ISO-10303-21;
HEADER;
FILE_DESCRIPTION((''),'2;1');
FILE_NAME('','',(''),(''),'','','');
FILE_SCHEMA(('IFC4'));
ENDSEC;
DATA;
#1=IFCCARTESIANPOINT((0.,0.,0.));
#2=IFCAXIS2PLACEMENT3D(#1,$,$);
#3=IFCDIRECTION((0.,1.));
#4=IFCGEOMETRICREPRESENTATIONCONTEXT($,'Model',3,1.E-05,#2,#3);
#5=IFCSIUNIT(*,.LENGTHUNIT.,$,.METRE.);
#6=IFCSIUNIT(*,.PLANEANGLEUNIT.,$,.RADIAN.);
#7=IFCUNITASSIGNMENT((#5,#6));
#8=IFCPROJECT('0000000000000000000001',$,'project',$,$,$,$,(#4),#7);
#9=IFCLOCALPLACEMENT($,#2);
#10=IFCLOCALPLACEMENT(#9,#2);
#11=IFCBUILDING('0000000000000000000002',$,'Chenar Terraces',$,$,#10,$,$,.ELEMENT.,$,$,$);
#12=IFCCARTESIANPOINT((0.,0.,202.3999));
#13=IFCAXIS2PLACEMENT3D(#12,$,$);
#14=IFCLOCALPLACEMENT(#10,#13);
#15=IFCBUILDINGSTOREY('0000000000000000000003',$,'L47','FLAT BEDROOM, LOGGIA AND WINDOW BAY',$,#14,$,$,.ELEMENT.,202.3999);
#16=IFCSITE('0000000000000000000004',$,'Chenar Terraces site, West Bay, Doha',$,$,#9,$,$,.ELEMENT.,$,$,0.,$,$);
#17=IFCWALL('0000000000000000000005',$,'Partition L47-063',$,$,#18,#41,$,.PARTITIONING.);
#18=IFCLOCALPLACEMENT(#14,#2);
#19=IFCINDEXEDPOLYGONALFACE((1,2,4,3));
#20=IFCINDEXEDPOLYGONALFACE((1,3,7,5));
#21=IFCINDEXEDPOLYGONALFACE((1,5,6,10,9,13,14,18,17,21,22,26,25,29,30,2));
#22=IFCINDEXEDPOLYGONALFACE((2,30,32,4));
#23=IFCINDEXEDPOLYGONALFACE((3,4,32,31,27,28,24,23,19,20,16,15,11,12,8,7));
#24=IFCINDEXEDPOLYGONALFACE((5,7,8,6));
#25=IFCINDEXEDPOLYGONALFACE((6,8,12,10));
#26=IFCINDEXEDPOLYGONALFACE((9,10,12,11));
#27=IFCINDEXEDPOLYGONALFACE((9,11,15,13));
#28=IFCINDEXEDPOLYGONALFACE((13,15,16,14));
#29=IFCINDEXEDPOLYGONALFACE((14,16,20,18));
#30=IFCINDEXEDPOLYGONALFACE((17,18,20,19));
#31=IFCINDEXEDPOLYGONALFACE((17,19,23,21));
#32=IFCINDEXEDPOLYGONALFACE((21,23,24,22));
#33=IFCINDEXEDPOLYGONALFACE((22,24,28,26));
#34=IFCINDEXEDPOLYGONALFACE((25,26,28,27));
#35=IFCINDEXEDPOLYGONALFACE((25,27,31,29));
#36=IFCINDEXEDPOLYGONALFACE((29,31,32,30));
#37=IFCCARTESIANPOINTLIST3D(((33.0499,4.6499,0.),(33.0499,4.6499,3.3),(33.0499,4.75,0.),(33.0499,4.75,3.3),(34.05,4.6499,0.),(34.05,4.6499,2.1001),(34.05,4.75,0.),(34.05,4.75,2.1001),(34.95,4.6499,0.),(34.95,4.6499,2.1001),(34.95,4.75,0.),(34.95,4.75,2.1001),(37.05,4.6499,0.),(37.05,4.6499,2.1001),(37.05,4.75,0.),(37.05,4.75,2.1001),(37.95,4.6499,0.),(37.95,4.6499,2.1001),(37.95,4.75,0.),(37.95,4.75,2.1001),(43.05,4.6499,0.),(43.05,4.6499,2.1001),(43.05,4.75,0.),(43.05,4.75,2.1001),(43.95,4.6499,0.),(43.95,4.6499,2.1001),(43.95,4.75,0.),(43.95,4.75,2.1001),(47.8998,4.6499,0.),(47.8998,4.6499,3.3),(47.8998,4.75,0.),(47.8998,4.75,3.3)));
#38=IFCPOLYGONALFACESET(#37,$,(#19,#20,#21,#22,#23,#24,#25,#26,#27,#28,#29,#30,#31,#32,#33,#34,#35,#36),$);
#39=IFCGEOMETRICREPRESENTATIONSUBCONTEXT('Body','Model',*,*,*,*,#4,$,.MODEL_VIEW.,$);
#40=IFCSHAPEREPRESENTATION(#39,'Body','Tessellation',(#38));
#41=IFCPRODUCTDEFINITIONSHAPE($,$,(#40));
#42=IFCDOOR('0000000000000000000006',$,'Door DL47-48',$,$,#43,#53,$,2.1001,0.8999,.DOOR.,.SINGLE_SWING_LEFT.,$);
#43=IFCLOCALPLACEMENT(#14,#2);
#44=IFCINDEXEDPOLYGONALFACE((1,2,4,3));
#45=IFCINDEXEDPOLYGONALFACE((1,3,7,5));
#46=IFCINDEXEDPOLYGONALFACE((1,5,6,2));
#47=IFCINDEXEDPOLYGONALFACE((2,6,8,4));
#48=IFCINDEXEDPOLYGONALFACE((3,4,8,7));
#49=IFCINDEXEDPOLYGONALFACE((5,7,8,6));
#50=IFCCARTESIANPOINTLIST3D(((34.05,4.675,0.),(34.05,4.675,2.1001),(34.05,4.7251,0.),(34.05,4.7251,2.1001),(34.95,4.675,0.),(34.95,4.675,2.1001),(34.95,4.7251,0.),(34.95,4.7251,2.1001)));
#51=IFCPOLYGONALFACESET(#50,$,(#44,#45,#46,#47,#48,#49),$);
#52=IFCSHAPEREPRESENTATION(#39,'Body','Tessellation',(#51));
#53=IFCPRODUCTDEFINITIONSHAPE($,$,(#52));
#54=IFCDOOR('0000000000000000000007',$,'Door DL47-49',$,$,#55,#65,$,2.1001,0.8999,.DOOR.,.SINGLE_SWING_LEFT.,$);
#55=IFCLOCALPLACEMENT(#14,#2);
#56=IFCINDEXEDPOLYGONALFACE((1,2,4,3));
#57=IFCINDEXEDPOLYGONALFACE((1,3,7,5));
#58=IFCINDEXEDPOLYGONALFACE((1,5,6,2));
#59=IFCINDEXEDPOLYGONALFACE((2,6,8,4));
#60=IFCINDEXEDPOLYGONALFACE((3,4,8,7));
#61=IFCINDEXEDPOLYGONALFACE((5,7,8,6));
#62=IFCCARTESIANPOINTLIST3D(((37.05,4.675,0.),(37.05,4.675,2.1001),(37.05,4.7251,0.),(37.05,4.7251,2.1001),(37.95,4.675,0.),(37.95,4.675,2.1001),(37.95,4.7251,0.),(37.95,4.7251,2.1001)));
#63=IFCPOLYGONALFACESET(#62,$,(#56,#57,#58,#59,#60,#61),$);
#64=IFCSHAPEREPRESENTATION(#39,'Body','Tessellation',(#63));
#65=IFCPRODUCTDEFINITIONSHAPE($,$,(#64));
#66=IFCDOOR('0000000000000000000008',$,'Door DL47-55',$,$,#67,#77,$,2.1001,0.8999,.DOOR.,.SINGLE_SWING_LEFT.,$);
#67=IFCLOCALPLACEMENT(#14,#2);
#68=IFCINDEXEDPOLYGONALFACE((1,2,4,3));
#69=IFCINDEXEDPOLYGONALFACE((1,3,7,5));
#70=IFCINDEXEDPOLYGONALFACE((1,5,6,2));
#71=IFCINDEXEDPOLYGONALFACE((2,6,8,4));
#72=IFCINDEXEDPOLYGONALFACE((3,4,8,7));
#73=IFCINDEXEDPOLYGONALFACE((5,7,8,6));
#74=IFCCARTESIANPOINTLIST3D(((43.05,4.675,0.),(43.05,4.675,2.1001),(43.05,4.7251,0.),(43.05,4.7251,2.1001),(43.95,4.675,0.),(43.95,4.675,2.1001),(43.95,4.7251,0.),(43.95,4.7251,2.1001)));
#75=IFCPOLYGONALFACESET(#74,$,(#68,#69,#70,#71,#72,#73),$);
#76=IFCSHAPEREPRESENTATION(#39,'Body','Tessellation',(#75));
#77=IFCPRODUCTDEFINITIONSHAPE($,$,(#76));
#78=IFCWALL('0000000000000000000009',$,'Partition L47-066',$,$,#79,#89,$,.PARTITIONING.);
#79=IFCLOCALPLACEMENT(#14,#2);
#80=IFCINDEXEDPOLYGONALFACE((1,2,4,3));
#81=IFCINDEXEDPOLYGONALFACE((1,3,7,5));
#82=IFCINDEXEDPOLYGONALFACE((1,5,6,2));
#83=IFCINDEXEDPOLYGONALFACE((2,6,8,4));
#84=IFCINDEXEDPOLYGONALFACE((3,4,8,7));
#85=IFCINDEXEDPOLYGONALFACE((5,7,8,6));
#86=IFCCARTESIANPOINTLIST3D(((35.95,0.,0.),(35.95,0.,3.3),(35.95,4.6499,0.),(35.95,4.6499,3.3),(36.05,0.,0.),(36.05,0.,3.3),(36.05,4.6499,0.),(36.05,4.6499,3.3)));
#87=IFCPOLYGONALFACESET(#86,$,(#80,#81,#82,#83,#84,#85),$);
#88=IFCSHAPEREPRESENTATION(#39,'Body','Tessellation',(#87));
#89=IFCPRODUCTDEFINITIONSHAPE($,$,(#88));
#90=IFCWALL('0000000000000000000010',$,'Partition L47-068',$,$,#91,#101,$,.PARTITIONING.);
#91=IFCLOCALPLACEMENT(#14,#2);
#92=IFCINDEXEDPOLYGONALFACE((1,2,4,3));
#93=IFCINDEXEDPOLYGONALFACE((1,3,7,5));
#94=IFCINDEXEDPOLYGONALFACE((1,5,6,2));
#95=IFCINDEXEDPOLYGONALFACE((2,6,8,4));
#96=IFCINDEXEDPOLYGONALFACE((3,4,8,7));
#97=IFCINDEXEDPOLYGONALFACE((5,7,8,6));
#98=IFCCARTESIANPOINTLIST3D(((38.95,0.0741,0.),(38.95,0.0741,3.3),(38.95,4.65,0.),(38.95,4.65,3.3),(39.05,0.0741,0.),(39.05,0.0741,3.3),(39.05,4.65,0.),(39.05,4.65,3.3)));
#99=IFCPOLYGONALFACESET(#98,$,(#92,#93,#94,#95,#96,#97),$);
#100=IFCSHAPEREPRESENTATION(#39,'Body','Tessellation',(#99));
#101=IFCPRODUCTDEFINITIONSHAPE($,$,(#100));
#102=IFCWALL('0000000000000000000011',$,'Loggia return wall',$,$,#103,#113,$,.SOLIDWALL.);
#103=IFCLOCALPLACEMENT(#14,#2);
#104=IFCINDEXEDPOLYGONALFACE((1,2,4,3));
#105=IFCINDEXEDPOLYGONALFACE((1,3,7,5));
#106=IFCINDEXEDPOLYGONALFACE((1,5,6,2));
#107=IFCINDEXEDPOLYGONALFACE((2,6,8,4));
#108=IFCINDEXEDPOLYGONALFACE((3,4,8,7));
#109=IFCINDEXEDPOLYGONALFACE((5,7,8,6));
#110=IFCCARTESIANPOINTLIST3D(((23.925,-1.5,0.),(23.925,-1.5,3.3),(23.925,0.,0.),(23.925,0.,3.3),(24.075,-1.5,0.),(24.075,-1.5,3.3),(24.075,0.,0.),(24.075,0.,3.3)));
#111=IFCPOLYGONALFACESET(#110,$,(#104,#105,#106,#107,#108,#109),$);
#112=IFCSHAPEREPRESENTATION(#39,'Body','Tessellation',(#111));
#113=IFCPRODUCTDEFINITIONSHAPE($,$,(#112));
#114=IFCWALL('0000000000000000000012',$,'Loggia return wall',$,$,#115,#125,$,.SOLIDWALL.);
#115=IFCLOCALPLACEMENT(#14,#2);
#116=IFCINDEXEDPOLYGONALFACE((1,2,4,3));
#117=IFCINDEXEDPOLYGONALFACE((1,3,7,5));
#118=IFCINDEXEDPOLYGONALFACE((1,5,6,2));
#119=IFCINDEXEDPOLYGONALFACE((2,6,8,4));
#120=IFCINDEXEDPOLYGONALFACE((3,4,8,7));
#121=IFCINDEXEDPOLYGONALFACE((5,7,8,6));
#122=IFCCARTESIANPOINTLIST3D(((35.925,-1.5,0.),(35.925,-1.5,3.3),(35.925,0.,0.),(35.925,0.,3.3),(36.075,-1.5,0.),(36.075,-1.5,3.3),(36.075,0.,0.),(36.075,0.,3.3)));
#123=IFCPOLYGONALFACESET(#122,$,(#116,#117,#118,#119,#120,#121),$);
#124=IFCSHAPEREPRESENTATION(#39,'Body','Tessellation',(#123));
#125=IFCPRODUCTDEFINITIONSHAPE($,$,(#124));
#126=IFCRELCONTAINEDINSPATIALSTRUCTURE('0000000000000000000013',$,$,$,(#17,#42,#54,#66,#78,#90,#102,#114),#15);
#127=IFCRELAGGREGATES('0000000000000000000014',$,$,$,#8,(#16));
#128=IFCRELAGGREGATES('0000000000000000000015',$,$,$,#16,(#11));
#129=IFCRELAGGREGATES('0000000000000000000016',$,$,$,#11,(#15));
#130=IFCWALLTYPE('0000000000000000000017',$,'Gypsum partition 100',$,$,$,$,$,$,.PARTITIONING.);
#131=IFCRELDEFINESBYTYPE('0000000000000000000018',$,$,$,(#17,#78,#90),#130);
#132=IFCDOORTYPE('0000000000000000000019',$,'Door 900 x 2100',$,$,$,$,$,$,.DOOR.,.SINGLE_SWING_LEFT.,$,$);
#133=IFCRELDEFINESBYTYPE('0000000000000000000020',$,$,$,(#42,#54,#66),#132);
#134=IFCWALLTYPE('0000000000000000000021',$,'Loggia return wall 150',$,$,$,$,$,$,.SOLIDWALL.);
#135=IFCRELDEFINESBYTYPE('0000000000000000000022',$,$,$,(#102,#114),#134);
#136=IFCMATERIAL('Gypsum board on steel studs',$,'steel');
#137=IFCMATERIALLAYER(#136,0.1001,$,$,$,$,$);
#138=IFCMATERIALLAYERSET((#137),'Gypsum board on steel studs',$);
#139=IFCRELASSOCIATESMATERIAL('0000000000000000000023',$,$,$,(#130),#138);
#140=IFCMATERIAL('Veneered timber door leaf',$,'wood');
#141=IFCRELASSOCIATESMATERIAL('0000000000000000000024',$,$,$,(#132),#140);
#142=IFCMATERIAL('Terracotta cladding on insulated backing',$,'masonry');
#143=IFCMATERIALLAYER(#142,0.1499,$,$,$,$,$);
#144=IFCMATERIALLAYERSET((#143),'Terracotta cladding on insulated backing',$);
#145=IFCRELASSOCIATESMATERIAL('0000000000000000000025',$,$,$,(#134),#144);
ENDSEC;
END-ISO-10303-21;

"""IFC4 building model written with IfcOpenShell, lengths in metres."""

from ifc_helpers import new_model, si_unit, direction, frame, frame_2d, origin, place, context, subcontext, project, spatial, rectangle, extrude, material, layer, layer_set, type_object, element, fill, save


model = new_model("IFC4")

# Units and contexts
model_context = context("Model", 3, precision=1e-05, world=origin(), true_north=direction((0.0, 1.0)))
body_context = subcontext(model_context, "Body", "Model", "MODEL_VIEW")
ifc_project = project(units=[si_unit("LENGTHUNIT", "METRE"), si_unit("PLANEANGLEUNIT", "RADIAN")], contexts=[model_context])

# Site, building, storey
site_placement = place(None, origin())
site = spatial("IfcSite", under=ifc_project, at=site_placement, Name="Chenar Terraces site, West Bay, Doha", CompositionType="ELEMENT", RefElevation=0.0)
building_placement = place(site_placement, origin())
building = spatial("IfcBuilding", under=site, at=building_placement, Name="Chenar Terraces", CompositionType="ELEMENT")
storey_placement = place(building_placement, frame((0.0, 0.0, 202.3999)))
storey = spatial("IfcBuildingStorey", under=building, at=storey_placement, Name="L47", Description="FLAT BEDROOM, LOGGIA AND WINDOW BAY", CompositionType="ELEMENT", Elevation=202.3999)

# Shared definitions
ifc_material_1 = material(Name="Gypsum board on steel studs", Category="steel")
ifc_layer_1 = layer(ifc_material_1, 0.1001)
ifc_layer_set_1 = layer_set([ifc_layer_1], Name="Gypsum board on steel studs")
wall_type_1 = type_object("IfcWallType", Name="Gypsum partition 100", PredefinedType="PARTITIONING", material=ifc_layer_set_1)

# Shared definitions
ifc_material_2 = material(Name="Veneered timber door leaf", Category="wood")
door_type_1 = type_object("IfcDoorType", Name="Door 900 x 2100", OperationType="SINGLE_SWING_LEFT", PredefinedType="DOOR", material=ifc_material_2)

# Wall, openings, doors
wall_1_placement = place(storey_placement, frame((33.05, 4.7, 0.0), z_axis=(0.0, 0.0, 1.0), x_axis=(1.0, 0.0, 0.0)))
wall_1 = element("IfcWall", 1, at=wall_1_placement, inside=storey, type_object=wall_type_1, Name="Partition L47-063", PredefinedType="PARTITIONING", context=body_context, shape_type="SweptSolid", body=[
    extrude(rectangle(XDim=14.8499, YDim=0.1001, at=frame_2d((7.4248, 0.0))), origin(), (0.0, 0.0, 1.0), 3.3),
])
opening_1_placement = place(wall_1_placement, frame((1.0, 0.0, 0.0)))
opening_1 = element("IfcOpeningElement", 2, at=opening_1_placement, cuts=wall_1, PredefinedType="OPENING", context=body_context, shape_type="SweptSolid", body=[
    extrude(rectangle(XDim=0.8999, YDim=2.1001, at=frame_2d((0.45, 1.05))), frame((0.0, 0.0601, 0.0), z_axis=(0.0, -1.0, 0.0), x_axis=(1.0, 0.0, 0.0)), (0.0, 0.0, 1.0), 0.1201),
])
opening_2_placement = place(wall_1_placement, frame((4.0, 0.0, 0.0)))
opening_2 = element("IfcOpeningElement", 3, at=opening_2_placement, cuts=wall_1, PredefinedType="OPENING", context=body_context, shape_type="SweptSolid", body=[
    extrude(rectangle(XDim=0.8999, YDim=2.1001, at=frame_2d((0.45, 1.05))), frame((0.0, 0.0601, 0.0), z_axis=(0.0, -1.0, 0.0), x_axis=(1.0, 0.0, 0.0)), (0.0, 0.0, 1.0), 0.1201),
])
opening_3_placement = place(wall_1_placement, frame((10.0, 0.0, 0.0)))
opening_3 = element("IfcOpeningElement", 4, at=opening_3_placement, cuts=wall_1, PredefinedType="OPENING", context=body_context, shape_type="SweptSolid", body=[
    extrude(rectangle(XDim=0.8999, YDim=2.1001, at=frame_2d((0.45, 1.05))), frame((0.0, 0.0601, 0.0), z_axis=(0.0, -1.0, 0.0), x_axis=(1.0, 0.0, 0.0)), (0.0, 0.0, 1.0), 0.1201),
])
door_1_placement = place(opening_1_placement, frame((0.8999, 0.0, 0.0), z_axis=(0.0, 0.0, 1.0), x_axis=(-1.0, 0.0, 0.0)))
door_1 = element("IfcDoor", 5, at=door_1_placement, inside=storey, type_object=door_type_1, Name="Door DL47-48", OperationType="SINGLE_SWING_LEFT", OverallHeight=2.1001, OverallWidth=0.8999, PredefinedType="DOOR", context=body_context, shape_type="SweptSolid", body=[
    extrude(rectangle(XDim=0.8999, YDim=2.1001, at=frame_2d((0.45, 1.05))), frame((0.0, 0.0249, 0.0), z_axis=(0.0, -1.0, 0.0), x_axis=(1.0, 0.0, 0.0)), (0.0, 0.0, 1.0), 0.05),
])
fill(opening_1, door_1)
door_2_placement = place(opening_2_placement, frame((0.8999, 0.0, 0.0), z_axis=(0.0, 0.0, 1.0), x_axis=(-1.0, 0.0, 0.0)))
door_2 = element("IfcDoor", 6, at=door_2_placement, inside=storey, type_object=door_type_1, Name="Door DL47-49", OperationType="SINGLE_SWING_LEFT", OverallHeight=2.1001, OverallWidth=0.8999, PredefinedType="DOOR", context=body_context, shape_type="SweptSolid", body=[
    extrude(rectangle(XDim=0.8999, YDim=2.1001, at=frame_2d((0.45, 1.05))), frame((0.0, 0.0249, 0.0), z_axis=(0.0, -1.0, 0.0), x_axis=(1.0, 0.0, 0.0)), (0.0, 0.0, 1.0), 0.05),
])
fill(opening_2, door_2)
door_3_placement = place(opening_3_placement, frame((0.8999, 0.0, 0.0), z_axis=(0.0, 0.0, 1.0), x_axis=(-1.0, 0.0, 0.0)))
door_3 = element("IfcDoor", 7, at=door_3_placement, inside=storey, type_object=door_type_1, Name="Door DL47-55", OperationType="SINGLE_SWING_LEFT", OverallHeight=2.1001, OverallWidth=0.8999, PredefinedType="DOOR", context=body_context, shape_type="SweptSolid", body=[
    extrude(rectangle(XDim=0.8999, YDim=2.1001, at=frame_2d((0.45, 1.05))), frame((0.0, 0.0249, 0.0), z_axis=(0.0, -1.0, 0.0), x_axis=(1.0, 0.0, 0.0)), (0.0, 0.0, 1.0), 0.05),
])
fill(opening_3, door_3)

# Walls
wall_2_placement = place(storey_placement, frame((36.0, 0.0, 0.0), z_axis=(0.0, 0.0, 1.0), x_axis=(0.0, 1.0, 0.0)))
element("IfcWall", 8, at=wall_2_placement, inside=storey, type_object=wall_type_1, Name="Partition L47-066", PredefinedType="PARTITIONING", context=body_context, shape_type="SweptSolid", body=[
    extrude(rectangle(XDim=4.6499, YDim=0.1001, at=frame_2d((2.325, 0.0))), origin(), (0.0, 0.0, 1.0), 3.3),
])
wall_3_placement = place(storey_placement, frame((39.0, 0.074, 0.0), z_axis=(0.0, 0.0, 1.0), x_axis=(0.0, 1.0, 0.0)))
element("IfcWall", 9, at=wall_3_placement, inside=storey, type_object=wall_type_1, Name="Partition L47-068", PredefinedType="PARTITIONING", context=body_context, shape_type="SweptSolid", body=[
    extrude(rectangle(XDim=4.5759, YDim=0.1001, at=frame_2d((2.2881, 0.0))), origin(), (0.0, 0.0, 1.0), 3.3),
])
ifc_material_3 = material(Name="Terracotta cladding on insulated backing", Category="masonry")
ifc_layer_2 = layer(ifc_material_3, 0.1499)
ifc_layer_set_2 = layer_set([ifc_layer_2], Name="Terracotta cladding on insulated backing")
wall_type_2 = type_object("IfcWallType", Name="Loggia return wall 150", PredefinedType="SOLIDWALL", material=ifc_layer_set_2)
for number, where, z_axis, x_axis, name in (
    (10, (24.0, -1.5, 0.0), (0.0, 0.0, 1.0), (0.0, 1.0, 0.0), "Loggia return wall"),
    (11, (36.0, -1.5, 0.0), (0.0, 0.0, 1.0), (0.0, 1.0, 0.0), "Loggia return wall"),
):
    element("IfcWall", number, at=place(storey_placement, frame(where, z_axis=z_axis, x_axis=x_axis)), inside=storey, type_object=wall_type_2, Name=name, PredefinedType="SOLIDWALL", context=body_context, shape_type="SweptSolid", body=[
        extrude(rectangle(XDim=1.5, YDim=0.1499, at=frame_2d((0.75, 0.0))), origin(), (0.0, 0.0, 1.0), 3.3),
    ])

save(model, "model.ifc")
